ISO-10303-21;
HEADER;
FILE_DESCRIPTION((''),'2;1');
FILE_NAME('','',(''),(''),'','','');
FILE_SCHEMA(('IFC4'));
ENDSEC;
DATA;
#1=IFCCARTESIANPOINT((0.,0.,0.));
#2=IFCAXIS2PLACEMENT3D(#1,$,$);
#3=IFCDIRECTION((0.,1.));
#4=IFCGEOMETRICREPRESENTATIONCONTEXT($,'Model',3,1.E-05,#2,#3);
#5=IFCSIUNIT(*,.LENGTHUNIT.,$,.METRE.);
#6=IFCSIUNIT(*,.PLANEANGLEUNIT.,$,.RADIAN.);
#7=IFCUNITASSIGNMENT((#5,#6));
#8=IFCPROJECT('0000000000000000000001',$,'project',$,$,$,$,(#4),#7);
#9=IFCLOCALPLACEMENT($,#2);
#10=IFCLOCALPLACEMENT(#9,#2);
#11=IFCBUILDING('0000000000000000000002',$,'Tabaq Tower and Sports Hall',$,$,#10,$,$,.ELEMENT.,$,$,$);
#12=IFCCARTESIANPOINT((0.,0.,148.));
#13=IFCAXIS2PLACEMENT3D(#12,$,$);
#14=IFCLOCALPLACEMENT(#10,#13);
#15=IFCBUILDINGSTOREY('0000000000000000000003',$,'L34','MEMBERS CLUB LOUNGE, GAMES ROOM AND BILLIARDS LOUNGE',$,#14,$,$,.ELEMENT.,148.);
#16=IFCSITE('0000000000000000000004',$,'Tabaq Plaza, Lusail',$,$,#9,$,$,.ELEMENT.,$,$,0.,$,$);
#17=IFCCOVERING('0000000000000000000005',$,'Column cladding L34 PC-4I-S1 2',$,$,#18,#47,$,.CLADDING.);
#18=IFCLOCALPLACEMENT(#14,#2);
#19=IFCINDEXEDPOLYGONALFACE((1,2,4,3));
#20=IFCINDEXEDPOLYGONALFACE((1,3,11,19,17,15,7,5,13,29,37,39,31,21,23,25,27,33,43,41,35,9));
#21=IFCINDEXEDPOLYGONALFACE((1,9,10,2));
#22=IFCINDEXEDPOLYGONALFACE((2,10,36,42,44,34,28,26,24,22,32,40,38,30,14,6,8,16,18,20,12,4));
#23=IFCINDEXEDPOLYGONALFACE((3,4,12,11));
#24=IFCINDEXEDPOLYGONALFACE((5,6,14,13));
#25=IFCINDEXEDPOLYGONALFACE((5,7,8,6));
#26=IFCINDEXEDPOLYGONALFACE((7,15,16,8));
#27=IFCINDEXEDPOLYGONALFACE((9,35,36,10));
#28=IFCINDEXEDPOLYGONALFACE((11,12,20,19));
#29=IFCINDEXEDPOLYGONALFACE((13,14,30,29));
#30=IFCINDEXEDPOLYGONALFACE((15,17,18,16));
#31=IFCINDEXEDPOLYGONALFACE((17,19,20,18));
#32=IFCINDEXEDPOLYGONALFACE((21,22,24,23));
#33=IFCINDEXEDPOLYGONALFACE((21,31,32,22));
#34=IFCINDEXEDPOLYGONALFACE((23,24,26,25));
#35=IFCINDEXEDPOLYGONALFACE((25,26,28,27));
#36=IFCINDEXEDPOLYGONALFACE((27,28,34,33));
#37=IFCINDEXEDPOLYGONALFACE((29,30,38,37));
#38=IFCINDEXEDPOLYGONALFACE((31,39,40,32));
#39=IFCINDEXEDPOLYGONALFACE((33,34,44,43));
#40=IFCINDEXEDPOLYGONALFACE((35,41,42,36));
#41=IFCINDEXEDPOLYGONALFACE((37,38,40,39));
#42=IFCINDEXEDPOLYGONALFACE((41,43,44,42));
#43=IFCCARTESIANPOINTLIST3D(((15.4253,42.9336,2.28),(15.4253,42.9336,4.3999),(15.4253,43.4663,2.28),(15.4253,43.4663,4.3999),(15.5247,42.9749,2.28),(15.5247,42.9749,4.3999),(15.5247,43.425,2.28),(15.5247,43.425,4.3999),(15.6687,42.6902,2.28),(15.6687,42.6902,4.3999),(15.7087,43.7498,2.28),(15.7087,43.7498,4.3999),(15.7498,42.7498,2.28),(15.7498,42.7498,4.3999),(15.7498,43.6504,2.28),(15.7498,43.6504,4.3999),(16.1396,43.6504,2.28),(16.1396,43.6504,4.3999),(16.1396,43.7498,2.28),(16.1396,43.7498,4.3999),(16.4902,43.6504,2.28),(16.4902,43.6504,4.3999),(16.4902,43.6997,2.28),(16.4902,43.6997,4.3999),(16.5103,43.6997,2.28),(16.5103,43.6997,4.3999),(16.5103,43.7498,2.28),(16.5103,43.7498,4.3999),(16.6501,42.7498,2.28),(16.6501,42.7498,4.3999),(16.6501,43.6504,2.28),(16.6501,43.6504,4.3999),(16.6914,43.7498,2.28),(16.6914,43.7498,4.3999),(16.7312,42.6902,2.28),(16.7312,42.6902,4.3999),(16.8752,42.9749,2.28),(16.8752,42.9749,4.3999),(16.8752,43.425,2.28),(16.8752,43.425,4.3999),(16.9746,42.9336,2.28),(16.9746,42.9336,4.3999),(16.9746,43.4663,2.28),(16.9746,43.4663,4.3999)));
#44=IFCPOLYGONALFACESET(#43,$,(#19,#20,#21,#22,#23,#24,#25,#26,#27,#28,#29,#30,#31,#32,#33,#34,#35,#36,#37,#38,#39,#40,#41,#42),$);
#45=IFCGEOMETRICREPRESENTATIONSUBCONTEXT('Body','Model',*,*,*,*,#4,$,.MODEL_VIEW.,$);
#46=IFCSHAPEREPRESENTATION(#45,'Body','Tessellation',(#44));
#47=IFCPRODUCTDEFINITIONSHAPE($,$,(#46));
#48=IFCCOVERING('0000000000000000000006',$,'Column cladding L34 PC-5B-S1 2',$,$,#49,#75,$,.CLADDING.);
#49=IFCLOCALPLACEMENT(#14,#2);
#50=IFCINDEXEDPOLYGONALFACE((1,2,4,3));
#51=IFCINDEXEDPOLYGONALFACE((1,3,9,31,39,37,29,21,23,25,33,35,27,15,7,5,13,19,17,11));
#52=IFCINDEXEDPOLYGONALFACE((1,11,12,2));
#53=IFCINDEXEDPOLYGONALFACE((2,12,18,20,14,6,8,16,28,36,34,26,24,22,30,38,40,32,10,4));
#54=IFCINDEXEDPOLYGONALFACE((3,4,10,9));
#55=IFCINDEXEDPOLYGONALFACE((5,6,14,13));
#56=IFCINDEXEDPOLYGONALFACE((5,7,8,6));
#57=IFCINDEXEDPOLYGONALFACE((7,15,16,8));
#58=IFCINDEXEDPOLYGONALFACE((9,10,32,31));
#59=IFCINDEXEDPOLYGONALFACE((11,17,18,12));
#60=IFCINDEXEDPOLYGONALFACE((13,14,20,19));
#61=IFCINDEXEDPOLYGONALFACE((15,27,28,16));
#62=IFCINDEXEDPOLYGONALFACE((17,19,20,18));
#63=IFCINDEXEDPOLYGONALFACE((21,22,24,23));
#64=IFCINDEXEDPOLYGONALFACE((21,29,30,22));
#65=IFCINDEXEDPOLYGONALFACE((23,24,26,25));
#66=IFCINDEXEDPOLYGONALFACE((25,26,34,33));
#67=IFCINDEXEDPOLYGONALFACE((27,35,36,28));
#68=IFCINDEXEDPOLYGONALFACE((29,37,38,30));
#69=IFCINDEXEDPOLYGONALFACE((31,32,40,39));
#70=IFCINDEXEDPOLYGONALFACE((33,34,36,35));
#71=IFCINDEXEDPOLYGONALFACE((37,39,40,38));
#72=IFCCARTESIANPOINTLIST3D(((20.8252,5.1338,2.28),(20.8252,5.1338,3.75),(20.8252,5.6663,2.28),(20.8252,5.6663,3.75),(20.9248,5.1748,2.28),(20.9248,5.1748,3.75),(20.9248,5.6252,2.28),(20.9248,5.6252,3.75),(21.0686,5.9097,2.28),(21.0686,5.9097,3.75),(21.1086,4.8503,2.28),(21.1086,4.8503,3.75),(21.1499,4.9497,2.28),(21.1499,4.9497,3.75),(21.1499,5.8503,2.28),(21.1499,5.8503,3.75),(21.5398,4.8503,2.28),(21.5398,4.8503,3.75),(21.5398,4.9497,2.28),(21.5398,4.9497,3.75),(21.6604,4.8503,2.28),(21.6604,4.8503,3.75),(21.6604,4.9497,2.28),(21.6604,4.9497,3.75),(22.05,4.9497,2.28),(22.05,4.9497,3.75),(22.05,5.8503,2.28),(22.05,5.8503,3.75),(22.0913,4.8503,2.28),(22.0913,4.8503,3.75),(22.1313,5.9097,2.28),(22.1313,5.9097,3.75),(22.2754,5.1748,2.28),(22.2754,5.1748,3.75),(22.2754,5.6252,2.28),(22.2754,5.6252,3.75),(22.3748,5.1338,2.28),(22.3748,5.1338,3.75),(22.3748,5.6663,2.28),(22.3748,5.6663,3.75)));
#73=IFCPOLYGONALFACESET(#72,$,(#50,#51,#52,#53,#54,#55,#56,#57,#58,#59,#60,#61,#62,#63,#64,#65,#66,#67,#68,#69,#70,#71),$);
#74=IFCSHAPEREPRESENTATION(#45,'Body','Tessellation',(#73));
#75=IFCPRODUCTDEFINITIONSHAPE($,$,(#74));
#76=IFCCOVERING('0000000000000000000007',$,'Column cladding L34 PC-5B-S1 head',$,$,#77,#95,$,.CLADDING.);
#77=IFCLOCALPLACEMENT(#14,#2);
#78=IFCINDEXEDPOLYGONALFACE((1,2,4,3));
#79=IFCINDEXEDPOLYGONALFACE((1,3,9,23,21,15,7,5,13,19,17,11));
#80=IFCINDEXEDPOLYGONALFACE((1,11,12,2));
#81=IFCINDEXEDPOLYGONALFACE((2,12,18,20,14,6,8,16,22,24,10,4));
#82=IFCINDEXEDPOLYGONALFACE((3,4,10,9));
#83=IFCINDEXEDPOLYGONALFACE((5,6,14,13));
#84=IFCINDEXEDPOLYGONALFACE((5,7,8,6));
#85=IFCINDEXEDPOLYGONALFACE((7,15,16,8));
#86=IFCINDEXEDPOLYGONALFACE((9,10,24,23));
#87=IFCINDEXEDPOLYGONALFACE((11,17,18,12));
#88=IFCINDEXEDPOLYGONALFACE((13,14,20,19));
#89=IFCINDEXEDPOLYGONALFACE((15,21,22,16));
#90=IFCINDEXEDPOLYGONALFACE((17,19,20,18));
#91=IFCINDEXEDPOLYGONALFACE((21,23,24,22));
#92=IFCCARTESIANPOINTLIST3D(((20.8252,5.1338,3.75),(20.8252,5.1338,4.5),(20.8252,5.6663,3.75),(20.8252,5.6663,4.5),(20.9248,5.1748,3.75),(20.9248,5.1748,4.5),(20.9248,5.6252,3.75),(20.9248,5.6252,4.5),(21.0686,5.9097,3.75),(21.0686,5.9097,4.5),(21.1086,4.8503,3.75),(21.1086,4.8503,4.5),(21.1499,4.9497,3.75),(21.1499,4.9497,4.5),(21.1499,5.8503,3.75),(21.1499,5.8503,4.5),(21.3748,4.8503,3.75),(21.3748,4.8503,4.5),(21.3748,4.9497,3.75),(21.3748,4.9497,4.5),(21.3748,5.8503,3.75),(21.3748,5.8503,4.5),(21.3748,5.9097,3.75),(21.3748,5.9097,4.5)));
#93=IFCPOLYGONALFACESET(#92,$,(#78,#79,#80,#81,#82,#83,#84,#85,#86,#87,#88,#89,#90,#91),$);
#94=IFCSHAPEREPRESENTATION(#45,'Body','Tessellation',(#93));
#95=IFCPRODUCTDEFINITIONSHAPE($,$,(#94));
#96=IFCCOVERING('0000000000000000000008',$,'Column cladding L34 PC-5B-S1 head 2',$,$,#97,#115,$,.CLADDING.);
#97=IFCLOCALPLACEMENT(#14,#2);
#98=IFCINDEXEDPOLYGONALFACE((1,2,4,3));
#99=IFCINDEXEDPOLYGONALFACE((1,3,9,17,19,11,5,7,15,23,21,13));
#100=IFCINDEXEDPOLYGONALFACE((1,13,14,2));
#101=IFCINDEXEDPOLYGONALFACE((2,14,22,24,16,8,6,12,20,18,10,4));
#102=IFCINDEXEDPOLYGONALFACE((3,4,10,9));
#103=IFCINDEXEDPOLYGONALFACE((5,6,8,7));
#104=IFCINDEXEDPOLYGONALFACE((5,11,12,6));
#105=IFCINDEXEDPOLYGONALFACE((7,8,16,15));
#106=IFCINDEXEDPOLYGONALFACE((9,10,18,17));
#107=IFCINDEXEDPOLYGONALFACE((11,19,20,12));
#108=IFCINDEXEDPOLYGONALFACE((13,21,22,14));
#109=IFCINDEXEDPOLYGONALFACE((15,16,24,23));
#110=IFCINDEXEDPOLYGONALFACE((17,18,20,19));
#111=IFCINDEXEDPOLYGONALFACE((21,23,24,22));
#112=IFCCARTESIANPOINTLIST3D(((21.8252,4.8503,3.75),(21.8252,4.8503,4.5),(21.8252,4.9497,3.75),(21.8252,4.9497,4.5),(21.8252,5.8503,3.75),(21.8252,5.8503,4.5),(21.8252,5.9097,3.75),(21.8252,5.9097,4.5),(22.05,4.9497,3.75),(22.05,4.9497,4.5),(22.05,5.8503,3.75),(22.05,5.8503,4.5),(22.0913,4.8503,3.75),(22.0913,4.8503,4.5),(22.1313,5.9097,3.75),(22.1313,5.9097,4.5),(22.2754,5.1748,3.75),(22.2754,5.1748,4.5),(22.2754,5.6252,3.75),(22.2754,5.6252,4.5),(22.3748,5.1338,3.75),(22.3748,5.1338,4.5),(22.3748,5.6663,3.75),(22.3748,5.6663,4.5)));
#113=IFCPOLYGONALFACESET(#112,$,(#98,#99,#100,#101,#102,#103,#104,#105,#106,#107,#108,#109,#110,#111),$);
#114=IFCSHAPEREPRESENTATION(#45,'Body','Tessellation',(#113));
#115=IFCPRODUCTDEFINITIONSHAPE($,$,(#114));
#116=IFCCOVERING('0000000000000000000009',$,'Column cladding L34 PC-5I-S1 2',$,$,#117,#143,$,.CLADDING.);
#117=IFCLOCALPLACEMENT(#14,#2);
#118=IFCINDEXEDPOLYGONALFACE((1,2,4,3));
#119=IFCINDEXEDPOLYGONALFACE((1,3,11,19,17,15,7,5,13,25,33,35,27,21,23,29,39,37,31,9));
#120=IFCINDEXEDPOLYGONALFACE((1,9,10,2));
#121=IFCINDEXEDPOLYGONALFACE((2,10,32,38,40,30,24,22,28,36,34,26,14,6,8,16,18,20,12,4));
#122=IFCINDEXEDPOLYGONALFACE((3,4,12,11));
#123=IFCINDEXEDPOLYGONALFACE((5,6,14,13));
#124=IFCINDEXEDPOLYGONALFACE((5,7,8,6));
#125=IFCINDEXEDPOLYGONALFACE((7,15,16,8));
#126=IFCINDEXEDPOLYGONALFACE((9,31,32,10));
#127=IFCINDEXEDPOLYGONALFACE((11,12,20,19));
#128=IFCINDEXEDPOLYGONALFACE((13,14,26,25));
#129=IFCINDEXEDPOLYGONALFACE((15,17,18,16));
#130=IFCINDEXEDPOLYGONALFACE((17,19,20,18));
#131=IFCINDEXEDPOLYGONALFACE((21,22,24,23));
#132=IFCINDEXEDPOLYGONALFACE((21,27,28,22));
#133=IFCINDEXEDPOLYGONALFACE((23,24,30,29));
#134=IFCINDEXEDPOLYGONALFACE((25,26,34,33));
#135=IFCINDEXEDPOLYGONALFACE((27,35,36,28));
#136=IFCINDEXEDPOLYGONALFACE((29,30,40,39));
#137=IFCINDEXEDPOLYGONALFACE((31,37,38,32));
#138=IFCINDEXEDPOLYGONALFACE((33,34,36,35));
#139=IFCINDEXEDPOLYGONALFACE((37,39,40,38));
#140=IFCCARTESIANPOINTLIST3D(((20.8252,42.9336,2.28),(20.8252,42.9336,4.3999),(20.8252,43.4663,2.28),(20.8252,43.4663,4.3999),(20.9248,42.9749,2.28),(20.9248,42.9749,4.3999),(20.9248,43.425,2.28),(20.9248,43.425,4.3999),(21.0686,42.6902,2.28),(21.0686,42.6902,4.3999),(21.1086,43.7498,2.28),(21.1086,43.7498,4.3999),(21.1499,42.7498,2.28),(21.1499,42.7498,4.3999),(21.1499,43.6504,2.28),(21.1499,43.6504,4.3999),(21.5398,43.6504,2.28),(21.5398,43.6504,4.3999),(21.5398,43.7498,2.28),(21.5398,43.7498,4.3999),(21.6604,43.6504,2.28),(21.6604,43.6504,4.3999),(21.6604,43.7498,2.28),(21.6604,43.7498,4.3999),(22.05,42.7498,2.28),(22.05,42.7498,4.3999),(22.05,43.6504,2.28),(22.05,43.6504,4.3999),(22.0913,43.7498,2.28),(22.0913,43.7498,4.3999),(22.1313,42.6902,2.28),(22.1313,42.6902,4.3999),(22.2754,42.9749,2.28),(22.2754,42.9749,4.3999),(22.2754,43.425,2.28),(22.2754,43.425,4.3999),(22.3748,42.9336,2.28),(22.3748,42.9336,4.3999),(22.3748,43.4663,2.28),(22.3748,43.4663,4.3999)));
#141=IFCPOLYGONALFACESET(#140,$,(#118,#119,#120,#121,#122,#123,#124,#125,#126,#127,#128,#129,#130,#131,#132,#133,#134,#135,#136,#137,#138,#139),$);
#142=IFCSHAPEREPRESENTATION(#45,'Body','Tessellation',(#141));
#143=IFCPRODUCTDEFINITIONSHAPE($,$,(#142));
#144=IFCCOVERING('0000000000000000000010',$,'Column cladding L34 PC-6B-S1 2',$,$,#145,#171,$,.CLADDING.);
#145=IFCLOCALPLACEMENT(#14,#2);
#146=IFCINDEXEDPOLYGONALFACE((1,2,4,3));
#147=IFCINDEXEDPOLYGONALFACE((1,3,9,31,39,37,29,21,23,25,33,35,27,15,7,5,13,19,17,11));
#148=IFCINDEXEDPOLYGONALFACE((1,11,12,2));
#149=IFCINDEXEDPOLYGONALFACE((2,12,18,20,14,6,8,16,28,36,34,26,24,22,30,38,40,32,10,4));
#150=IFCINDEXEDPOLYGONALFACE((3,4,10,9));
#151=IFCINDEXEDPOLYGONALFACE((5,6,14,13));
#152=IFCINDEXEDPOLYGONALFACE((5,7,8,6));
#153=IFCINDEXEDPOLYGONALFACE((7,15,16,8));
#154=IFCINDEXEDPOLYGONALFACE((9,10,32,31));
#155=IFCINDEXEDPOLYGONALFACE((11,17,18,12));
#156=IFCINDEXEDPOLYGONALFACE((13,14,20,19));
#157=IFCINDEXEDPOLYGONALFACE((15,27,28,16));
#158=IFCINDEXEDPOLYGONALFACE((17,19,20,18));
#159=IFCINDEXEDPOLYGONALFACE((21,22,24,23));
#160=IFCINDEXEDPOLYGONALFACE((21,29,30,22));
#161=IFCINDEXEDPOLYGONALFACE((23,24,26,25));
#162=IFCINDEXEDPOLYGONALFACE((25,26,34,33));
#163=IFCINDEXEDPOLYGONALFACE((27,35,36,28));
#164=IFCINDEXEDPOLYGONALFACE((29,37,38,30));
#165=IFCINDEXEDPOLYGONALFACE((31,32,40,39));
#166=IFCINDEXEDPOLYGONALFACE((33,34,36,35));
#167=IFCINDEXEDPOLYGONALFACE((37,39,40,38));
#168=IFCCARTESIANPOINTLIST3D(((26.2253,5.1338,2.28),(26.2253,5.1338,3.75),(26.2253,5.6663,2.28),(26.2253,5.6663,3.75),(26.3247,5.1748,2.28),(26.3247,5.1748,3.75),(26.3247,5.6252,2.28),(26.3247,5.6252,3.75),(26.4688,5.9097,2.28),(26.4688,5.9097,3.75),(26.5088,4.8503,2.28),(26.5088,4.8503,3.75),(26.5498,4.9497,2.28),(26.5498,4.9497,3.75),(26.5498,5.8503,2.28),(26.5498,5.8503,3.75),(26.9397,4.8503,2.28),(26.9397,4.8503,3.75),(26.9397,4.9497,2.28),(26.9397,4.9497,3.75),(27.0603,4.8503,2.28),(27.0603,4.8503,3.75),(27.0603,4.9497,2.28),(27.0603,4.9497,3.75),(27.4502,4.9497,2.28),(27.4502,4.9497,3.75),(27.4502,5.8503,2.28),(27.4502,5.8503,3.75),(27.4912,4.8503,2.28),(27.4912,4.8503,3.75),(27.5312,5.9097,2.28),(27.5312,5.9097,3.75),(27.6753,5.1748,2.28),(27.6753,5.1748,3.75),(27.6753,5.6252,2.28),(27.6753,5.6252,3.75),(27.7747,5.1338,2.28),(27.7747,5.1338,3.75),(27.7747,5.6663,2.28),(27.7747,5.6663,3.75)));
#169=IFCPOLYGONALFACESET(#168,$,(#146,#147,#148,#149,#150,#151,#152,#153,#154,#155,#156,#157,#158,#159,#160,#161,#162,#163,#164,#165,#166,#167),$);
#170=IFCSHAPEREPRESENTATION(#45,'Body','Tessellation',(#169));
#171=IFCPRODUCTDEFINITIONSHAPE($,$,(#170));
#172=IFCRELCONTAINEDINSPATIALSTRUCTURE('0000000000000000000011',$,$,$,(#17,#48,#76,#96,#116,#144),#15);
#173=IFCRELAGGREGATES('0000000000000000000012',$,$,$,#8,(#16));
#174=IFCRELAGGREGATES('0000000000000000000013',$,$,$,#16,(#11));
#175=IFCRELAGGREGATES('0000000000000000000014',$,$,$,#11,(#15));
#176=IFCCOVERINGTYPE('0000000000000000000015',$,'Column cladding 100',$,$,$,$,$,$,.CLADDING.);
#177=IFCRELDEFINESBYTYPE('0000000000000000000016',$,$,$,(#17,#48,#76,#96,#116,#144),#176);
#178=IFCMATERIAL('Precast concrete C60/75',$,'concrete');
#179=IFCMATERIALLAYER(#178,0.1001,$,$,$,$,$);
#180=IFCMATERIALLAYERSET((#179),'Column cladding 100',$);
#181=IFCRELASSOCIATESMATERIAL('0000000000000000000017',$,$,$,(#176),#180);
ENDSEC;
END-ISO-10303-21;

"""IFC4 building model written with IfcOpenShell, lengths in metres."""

from ifc_helpers import new_model, si_unit, direction, frame, origin, place, context, subcontext, project, spatial, polyline, outline, extrude, material, layer, layer_set, type_object, element, save


model = new_model("IFC4")

# Units and contexts
model_context = context("Model", 3, precision=1e-05, world=origin(), true_north=direction((0.0, 1.0)))
body_context = subcontext(model_context, "Body", "Model", "MODEL_VIEW")
ifc_project = project(units=[si_unit("LENGTHUNIT", "METRE"), si_unit("PLANEANGLEUNIT", "RADIAN")], contexts=[model_context])

# Site, building, storey
site_placement = place(None, origin())
site = spatial("IfcSite", under=ifc_project, at=site_placement, Name="Tabaq Plaza, Lusail", CompositionType="ELEMENT", RefElevation=0.0)
building_placement = place(site_placement, origin())
building = spatial("IfcBuilding", under=site, at=building_placement, Name="Tabaq Tower and Sports Hall", CompositionType="ELEMENT")
storey_placement = place(building_placement, frame((0.0, 0.0, 148.0)))
storey = spatial("IfcBuildingStorey", under=building, at=storey_placement, Name="L34", Description="MEMBERS CLUB LOUNGE, GAMES ROOM AND BILLIARDS LOUNGE", CompositionType="ELEMENT", Elevation=148.0)

# Coverings
ifc_material = material(Name="Precast concrete C60/75", Category="concrete")
ifc_layer = layer(ifc_material, 0.1001)
ifc_layer_set = layer_set([ifc_layer], Name="Column cladding 100")
covering_type = type_object("IfcCoveringType", Name="Column cladding 100", PredefinedType="CLADDING", material=ifc_layer_set)
covering_1_placement = place(storey_placement, frame((0.0, 0.0, 2.28)))
element("IfcCovering", 1, at=covering_1_placement, inside=storey, type_object=covering_type, Name="Column cladding L34 PC-4I-S1 2", PredefinedType="CLADDING", context=body_context, shape_type="SweptSolid", body=[
    extrude(outline(polyline([(15.4253, 43.4663), (15.7087, 43.7498), (16.1396, 43.7498), (16.1396, 43.6504), (15.7498, 43.6504), (15.5247, 43.425), (15.5247, 42.9749), (15.7498, 42.7498), (16.6501, 42.7498), (16.8752, 42.9749), (16.8752, 43.425), (16.6501, 43.6504), (16.4902, 43.6504), (16.4902, 43.6997), (16.5103, 43.6997), (16.5103, 43.7498), (16.6914, 43.7498), (16.9746, 43.4663), (16.9746, 42.9336), (16.7312, 42.6902), (15.6687, 42.6902), (15.4253, 42.9336), (15.4253, 43.4663)])), origin(), (0.0, 0.0, 1.0), 2.1199),
])
covering_2_placement = place(storey_placement, frame((0.0, 0.0, 2.28)))
element("IfcCovering", 2, at=covering_2_placement, inside=storey, type_object=covering_type, Name="Column cladding L34 PC-5B-S1 2", PredefinedType="CLADDING", context=body_context, shape_type="SweptSolid", body=[
    extrude(outline(polyline([(20.8252, 5.6663), (21.0686, 5.9097), (22.1313, 5.9097), (22.3748, 5.6663), (22.3748, 5.1338), (22.0913, 4.8503), (21.6604, 4.8503), (21.6604, 4.9497), (22.05, 4.9497), (22.2754, 5.1748), (22.2754, 5.6252), (22.05, 5.8503), (21.1499, 5.8503), (20.9248, 5.6252), (20.9248, 5.1748), (21.1499, 4.9497), (21.5398, 4.9497), (21.5398, 4.8503), (21.1086, 4.8503), (20.8252, 5.1338), (20.8252, 5.6663)])), origin(), (0.0, 0.0, 1.0), 1.47),
])
covering_3_placement = place(storey_placement, frame((0.0, 0.0, 3.75)))
element("IfcCovering", 3, at=covering_3_placement, inside=storey, type_object=covering_type, Name="Column cladding L34 PC-5B-S1 head", PredefinedType="CLADDING", context=body_context, shape_type="SweptSolid", body=[
    extrude(outline(polyline([(21.0686, 5.9097), (21.3748, 5.9097), (21.3748, 5.8503), (21.1499, 5.8503), (20.9248, 5.6252), (20.9248, 5.1748), (21.1499, 4.9497), (21.3748, 4.9497), (21.3748, 4.8503), (21.1086, 4.8503), (20.8252, 5.1338), (20.8252, 5.6663), (21.0686, 5.9097)])), origin(), (0.0, 0.0, 1.0), 0.75),
])
covering_4_placement = place(storey_placement, frame((0.0, 0.0, 3.75)))
element("IfcCovering", 4, at=covering_4_placement, inside=storey, type_object=covering_type, Name="Column cladding L34 PC-5B-S1 head 2", PredefinedType="CLADDING", context=body_context, shape_type="SweptSolid", body=[
    extrude(outline(polyline([(22.1313, 5.9097), (22.3748, 5.6663), (22.3748, 5.1338), (22.0913, 4.8503), (21.8252, 4.8503), (21.8252, 4.9497), (22.05, 4.9497), (22.2754, 5.1748), (22.2754, 5.6252), (22.05, 5.8503), (21.8252, 5.8503), (21.8252, 5.9097), (22.1313, 5.9097)])), origin(), (0.0, 0.0, 1.0), 0.75),
])
covering_5_placement = place(storey_placement, frame((0.0, 0.0, 2.28)))
element("IfcCovering", 5, at=covering_5_placement, inside=storey, type_object=covering_type, Name="Column cladding L34 PC-5I-S1 2", PredefinedType="CLADDING", context=body_context, shape_type="SweptSolid", body=[
    extrude(outline(polyline([(20.8252, 43.4663), (21.1086, 43.7498), (21.5398, 43.7498), (21.5398, 43.6504), (21.1499, 43.6504), (20.9248, 43.425), (20.9248, 42.9749), (21.1499, 42.7498), (22.05, 42.7498), (22.2754, 42.9749), (22.2754, 43.425), (22.05, 43.6504), (21.6604, 43.6504), (21.6604, 43.7498), (22.0913, 43.7498), (22.3748, 43.4663), (22.3748, 42.9336), (22.1313, 42.6902), (21.0686, 42.6902), (20.8252, 42.9336), (20.8252, 43.4663)])), origin(), (0.0, 0.0, 1.0), 2.1199),
])
covering_6_placement = place(storey_placement, frame((0.0, 0.0, 2.28)))
element("IfcCovering", 6, at=covering_6_placement, inside=storey, type_object=covering_type, Name="Column cladding L34 PC-6B-S1 2", PredefinedType="CLADDING", context=body_context, shape_type="SweptSolid", body=[
    extrude(outline(polyline([(26.2253, 5.6663), (26.4688, 5.9097), (27.5312, 5.9097), (27.7747, 5.6663), (27.7747, 5.1338), (27.4912, 4.8503), (27.0603, 4.8503), (27.0603, 4.9497), (27.4502, 4.9497), (27.6753, 5.1748), (27.6753, 5.6252), (27.4502, 5.8503), (26.5498, 5.8503), (26.3247, 5.6252), (26.3247, 5.1748), (26.5498, 4.9497), (26.9397, 4.9497), (26.9397, 4.8503), (26.5088, 4.8503), (26.2253, 5.1338), (26.2253, 5.6663)])), origin(), (0.0, 0.0, 1.0), 1.47),
])

save(model, "model.ifc")
